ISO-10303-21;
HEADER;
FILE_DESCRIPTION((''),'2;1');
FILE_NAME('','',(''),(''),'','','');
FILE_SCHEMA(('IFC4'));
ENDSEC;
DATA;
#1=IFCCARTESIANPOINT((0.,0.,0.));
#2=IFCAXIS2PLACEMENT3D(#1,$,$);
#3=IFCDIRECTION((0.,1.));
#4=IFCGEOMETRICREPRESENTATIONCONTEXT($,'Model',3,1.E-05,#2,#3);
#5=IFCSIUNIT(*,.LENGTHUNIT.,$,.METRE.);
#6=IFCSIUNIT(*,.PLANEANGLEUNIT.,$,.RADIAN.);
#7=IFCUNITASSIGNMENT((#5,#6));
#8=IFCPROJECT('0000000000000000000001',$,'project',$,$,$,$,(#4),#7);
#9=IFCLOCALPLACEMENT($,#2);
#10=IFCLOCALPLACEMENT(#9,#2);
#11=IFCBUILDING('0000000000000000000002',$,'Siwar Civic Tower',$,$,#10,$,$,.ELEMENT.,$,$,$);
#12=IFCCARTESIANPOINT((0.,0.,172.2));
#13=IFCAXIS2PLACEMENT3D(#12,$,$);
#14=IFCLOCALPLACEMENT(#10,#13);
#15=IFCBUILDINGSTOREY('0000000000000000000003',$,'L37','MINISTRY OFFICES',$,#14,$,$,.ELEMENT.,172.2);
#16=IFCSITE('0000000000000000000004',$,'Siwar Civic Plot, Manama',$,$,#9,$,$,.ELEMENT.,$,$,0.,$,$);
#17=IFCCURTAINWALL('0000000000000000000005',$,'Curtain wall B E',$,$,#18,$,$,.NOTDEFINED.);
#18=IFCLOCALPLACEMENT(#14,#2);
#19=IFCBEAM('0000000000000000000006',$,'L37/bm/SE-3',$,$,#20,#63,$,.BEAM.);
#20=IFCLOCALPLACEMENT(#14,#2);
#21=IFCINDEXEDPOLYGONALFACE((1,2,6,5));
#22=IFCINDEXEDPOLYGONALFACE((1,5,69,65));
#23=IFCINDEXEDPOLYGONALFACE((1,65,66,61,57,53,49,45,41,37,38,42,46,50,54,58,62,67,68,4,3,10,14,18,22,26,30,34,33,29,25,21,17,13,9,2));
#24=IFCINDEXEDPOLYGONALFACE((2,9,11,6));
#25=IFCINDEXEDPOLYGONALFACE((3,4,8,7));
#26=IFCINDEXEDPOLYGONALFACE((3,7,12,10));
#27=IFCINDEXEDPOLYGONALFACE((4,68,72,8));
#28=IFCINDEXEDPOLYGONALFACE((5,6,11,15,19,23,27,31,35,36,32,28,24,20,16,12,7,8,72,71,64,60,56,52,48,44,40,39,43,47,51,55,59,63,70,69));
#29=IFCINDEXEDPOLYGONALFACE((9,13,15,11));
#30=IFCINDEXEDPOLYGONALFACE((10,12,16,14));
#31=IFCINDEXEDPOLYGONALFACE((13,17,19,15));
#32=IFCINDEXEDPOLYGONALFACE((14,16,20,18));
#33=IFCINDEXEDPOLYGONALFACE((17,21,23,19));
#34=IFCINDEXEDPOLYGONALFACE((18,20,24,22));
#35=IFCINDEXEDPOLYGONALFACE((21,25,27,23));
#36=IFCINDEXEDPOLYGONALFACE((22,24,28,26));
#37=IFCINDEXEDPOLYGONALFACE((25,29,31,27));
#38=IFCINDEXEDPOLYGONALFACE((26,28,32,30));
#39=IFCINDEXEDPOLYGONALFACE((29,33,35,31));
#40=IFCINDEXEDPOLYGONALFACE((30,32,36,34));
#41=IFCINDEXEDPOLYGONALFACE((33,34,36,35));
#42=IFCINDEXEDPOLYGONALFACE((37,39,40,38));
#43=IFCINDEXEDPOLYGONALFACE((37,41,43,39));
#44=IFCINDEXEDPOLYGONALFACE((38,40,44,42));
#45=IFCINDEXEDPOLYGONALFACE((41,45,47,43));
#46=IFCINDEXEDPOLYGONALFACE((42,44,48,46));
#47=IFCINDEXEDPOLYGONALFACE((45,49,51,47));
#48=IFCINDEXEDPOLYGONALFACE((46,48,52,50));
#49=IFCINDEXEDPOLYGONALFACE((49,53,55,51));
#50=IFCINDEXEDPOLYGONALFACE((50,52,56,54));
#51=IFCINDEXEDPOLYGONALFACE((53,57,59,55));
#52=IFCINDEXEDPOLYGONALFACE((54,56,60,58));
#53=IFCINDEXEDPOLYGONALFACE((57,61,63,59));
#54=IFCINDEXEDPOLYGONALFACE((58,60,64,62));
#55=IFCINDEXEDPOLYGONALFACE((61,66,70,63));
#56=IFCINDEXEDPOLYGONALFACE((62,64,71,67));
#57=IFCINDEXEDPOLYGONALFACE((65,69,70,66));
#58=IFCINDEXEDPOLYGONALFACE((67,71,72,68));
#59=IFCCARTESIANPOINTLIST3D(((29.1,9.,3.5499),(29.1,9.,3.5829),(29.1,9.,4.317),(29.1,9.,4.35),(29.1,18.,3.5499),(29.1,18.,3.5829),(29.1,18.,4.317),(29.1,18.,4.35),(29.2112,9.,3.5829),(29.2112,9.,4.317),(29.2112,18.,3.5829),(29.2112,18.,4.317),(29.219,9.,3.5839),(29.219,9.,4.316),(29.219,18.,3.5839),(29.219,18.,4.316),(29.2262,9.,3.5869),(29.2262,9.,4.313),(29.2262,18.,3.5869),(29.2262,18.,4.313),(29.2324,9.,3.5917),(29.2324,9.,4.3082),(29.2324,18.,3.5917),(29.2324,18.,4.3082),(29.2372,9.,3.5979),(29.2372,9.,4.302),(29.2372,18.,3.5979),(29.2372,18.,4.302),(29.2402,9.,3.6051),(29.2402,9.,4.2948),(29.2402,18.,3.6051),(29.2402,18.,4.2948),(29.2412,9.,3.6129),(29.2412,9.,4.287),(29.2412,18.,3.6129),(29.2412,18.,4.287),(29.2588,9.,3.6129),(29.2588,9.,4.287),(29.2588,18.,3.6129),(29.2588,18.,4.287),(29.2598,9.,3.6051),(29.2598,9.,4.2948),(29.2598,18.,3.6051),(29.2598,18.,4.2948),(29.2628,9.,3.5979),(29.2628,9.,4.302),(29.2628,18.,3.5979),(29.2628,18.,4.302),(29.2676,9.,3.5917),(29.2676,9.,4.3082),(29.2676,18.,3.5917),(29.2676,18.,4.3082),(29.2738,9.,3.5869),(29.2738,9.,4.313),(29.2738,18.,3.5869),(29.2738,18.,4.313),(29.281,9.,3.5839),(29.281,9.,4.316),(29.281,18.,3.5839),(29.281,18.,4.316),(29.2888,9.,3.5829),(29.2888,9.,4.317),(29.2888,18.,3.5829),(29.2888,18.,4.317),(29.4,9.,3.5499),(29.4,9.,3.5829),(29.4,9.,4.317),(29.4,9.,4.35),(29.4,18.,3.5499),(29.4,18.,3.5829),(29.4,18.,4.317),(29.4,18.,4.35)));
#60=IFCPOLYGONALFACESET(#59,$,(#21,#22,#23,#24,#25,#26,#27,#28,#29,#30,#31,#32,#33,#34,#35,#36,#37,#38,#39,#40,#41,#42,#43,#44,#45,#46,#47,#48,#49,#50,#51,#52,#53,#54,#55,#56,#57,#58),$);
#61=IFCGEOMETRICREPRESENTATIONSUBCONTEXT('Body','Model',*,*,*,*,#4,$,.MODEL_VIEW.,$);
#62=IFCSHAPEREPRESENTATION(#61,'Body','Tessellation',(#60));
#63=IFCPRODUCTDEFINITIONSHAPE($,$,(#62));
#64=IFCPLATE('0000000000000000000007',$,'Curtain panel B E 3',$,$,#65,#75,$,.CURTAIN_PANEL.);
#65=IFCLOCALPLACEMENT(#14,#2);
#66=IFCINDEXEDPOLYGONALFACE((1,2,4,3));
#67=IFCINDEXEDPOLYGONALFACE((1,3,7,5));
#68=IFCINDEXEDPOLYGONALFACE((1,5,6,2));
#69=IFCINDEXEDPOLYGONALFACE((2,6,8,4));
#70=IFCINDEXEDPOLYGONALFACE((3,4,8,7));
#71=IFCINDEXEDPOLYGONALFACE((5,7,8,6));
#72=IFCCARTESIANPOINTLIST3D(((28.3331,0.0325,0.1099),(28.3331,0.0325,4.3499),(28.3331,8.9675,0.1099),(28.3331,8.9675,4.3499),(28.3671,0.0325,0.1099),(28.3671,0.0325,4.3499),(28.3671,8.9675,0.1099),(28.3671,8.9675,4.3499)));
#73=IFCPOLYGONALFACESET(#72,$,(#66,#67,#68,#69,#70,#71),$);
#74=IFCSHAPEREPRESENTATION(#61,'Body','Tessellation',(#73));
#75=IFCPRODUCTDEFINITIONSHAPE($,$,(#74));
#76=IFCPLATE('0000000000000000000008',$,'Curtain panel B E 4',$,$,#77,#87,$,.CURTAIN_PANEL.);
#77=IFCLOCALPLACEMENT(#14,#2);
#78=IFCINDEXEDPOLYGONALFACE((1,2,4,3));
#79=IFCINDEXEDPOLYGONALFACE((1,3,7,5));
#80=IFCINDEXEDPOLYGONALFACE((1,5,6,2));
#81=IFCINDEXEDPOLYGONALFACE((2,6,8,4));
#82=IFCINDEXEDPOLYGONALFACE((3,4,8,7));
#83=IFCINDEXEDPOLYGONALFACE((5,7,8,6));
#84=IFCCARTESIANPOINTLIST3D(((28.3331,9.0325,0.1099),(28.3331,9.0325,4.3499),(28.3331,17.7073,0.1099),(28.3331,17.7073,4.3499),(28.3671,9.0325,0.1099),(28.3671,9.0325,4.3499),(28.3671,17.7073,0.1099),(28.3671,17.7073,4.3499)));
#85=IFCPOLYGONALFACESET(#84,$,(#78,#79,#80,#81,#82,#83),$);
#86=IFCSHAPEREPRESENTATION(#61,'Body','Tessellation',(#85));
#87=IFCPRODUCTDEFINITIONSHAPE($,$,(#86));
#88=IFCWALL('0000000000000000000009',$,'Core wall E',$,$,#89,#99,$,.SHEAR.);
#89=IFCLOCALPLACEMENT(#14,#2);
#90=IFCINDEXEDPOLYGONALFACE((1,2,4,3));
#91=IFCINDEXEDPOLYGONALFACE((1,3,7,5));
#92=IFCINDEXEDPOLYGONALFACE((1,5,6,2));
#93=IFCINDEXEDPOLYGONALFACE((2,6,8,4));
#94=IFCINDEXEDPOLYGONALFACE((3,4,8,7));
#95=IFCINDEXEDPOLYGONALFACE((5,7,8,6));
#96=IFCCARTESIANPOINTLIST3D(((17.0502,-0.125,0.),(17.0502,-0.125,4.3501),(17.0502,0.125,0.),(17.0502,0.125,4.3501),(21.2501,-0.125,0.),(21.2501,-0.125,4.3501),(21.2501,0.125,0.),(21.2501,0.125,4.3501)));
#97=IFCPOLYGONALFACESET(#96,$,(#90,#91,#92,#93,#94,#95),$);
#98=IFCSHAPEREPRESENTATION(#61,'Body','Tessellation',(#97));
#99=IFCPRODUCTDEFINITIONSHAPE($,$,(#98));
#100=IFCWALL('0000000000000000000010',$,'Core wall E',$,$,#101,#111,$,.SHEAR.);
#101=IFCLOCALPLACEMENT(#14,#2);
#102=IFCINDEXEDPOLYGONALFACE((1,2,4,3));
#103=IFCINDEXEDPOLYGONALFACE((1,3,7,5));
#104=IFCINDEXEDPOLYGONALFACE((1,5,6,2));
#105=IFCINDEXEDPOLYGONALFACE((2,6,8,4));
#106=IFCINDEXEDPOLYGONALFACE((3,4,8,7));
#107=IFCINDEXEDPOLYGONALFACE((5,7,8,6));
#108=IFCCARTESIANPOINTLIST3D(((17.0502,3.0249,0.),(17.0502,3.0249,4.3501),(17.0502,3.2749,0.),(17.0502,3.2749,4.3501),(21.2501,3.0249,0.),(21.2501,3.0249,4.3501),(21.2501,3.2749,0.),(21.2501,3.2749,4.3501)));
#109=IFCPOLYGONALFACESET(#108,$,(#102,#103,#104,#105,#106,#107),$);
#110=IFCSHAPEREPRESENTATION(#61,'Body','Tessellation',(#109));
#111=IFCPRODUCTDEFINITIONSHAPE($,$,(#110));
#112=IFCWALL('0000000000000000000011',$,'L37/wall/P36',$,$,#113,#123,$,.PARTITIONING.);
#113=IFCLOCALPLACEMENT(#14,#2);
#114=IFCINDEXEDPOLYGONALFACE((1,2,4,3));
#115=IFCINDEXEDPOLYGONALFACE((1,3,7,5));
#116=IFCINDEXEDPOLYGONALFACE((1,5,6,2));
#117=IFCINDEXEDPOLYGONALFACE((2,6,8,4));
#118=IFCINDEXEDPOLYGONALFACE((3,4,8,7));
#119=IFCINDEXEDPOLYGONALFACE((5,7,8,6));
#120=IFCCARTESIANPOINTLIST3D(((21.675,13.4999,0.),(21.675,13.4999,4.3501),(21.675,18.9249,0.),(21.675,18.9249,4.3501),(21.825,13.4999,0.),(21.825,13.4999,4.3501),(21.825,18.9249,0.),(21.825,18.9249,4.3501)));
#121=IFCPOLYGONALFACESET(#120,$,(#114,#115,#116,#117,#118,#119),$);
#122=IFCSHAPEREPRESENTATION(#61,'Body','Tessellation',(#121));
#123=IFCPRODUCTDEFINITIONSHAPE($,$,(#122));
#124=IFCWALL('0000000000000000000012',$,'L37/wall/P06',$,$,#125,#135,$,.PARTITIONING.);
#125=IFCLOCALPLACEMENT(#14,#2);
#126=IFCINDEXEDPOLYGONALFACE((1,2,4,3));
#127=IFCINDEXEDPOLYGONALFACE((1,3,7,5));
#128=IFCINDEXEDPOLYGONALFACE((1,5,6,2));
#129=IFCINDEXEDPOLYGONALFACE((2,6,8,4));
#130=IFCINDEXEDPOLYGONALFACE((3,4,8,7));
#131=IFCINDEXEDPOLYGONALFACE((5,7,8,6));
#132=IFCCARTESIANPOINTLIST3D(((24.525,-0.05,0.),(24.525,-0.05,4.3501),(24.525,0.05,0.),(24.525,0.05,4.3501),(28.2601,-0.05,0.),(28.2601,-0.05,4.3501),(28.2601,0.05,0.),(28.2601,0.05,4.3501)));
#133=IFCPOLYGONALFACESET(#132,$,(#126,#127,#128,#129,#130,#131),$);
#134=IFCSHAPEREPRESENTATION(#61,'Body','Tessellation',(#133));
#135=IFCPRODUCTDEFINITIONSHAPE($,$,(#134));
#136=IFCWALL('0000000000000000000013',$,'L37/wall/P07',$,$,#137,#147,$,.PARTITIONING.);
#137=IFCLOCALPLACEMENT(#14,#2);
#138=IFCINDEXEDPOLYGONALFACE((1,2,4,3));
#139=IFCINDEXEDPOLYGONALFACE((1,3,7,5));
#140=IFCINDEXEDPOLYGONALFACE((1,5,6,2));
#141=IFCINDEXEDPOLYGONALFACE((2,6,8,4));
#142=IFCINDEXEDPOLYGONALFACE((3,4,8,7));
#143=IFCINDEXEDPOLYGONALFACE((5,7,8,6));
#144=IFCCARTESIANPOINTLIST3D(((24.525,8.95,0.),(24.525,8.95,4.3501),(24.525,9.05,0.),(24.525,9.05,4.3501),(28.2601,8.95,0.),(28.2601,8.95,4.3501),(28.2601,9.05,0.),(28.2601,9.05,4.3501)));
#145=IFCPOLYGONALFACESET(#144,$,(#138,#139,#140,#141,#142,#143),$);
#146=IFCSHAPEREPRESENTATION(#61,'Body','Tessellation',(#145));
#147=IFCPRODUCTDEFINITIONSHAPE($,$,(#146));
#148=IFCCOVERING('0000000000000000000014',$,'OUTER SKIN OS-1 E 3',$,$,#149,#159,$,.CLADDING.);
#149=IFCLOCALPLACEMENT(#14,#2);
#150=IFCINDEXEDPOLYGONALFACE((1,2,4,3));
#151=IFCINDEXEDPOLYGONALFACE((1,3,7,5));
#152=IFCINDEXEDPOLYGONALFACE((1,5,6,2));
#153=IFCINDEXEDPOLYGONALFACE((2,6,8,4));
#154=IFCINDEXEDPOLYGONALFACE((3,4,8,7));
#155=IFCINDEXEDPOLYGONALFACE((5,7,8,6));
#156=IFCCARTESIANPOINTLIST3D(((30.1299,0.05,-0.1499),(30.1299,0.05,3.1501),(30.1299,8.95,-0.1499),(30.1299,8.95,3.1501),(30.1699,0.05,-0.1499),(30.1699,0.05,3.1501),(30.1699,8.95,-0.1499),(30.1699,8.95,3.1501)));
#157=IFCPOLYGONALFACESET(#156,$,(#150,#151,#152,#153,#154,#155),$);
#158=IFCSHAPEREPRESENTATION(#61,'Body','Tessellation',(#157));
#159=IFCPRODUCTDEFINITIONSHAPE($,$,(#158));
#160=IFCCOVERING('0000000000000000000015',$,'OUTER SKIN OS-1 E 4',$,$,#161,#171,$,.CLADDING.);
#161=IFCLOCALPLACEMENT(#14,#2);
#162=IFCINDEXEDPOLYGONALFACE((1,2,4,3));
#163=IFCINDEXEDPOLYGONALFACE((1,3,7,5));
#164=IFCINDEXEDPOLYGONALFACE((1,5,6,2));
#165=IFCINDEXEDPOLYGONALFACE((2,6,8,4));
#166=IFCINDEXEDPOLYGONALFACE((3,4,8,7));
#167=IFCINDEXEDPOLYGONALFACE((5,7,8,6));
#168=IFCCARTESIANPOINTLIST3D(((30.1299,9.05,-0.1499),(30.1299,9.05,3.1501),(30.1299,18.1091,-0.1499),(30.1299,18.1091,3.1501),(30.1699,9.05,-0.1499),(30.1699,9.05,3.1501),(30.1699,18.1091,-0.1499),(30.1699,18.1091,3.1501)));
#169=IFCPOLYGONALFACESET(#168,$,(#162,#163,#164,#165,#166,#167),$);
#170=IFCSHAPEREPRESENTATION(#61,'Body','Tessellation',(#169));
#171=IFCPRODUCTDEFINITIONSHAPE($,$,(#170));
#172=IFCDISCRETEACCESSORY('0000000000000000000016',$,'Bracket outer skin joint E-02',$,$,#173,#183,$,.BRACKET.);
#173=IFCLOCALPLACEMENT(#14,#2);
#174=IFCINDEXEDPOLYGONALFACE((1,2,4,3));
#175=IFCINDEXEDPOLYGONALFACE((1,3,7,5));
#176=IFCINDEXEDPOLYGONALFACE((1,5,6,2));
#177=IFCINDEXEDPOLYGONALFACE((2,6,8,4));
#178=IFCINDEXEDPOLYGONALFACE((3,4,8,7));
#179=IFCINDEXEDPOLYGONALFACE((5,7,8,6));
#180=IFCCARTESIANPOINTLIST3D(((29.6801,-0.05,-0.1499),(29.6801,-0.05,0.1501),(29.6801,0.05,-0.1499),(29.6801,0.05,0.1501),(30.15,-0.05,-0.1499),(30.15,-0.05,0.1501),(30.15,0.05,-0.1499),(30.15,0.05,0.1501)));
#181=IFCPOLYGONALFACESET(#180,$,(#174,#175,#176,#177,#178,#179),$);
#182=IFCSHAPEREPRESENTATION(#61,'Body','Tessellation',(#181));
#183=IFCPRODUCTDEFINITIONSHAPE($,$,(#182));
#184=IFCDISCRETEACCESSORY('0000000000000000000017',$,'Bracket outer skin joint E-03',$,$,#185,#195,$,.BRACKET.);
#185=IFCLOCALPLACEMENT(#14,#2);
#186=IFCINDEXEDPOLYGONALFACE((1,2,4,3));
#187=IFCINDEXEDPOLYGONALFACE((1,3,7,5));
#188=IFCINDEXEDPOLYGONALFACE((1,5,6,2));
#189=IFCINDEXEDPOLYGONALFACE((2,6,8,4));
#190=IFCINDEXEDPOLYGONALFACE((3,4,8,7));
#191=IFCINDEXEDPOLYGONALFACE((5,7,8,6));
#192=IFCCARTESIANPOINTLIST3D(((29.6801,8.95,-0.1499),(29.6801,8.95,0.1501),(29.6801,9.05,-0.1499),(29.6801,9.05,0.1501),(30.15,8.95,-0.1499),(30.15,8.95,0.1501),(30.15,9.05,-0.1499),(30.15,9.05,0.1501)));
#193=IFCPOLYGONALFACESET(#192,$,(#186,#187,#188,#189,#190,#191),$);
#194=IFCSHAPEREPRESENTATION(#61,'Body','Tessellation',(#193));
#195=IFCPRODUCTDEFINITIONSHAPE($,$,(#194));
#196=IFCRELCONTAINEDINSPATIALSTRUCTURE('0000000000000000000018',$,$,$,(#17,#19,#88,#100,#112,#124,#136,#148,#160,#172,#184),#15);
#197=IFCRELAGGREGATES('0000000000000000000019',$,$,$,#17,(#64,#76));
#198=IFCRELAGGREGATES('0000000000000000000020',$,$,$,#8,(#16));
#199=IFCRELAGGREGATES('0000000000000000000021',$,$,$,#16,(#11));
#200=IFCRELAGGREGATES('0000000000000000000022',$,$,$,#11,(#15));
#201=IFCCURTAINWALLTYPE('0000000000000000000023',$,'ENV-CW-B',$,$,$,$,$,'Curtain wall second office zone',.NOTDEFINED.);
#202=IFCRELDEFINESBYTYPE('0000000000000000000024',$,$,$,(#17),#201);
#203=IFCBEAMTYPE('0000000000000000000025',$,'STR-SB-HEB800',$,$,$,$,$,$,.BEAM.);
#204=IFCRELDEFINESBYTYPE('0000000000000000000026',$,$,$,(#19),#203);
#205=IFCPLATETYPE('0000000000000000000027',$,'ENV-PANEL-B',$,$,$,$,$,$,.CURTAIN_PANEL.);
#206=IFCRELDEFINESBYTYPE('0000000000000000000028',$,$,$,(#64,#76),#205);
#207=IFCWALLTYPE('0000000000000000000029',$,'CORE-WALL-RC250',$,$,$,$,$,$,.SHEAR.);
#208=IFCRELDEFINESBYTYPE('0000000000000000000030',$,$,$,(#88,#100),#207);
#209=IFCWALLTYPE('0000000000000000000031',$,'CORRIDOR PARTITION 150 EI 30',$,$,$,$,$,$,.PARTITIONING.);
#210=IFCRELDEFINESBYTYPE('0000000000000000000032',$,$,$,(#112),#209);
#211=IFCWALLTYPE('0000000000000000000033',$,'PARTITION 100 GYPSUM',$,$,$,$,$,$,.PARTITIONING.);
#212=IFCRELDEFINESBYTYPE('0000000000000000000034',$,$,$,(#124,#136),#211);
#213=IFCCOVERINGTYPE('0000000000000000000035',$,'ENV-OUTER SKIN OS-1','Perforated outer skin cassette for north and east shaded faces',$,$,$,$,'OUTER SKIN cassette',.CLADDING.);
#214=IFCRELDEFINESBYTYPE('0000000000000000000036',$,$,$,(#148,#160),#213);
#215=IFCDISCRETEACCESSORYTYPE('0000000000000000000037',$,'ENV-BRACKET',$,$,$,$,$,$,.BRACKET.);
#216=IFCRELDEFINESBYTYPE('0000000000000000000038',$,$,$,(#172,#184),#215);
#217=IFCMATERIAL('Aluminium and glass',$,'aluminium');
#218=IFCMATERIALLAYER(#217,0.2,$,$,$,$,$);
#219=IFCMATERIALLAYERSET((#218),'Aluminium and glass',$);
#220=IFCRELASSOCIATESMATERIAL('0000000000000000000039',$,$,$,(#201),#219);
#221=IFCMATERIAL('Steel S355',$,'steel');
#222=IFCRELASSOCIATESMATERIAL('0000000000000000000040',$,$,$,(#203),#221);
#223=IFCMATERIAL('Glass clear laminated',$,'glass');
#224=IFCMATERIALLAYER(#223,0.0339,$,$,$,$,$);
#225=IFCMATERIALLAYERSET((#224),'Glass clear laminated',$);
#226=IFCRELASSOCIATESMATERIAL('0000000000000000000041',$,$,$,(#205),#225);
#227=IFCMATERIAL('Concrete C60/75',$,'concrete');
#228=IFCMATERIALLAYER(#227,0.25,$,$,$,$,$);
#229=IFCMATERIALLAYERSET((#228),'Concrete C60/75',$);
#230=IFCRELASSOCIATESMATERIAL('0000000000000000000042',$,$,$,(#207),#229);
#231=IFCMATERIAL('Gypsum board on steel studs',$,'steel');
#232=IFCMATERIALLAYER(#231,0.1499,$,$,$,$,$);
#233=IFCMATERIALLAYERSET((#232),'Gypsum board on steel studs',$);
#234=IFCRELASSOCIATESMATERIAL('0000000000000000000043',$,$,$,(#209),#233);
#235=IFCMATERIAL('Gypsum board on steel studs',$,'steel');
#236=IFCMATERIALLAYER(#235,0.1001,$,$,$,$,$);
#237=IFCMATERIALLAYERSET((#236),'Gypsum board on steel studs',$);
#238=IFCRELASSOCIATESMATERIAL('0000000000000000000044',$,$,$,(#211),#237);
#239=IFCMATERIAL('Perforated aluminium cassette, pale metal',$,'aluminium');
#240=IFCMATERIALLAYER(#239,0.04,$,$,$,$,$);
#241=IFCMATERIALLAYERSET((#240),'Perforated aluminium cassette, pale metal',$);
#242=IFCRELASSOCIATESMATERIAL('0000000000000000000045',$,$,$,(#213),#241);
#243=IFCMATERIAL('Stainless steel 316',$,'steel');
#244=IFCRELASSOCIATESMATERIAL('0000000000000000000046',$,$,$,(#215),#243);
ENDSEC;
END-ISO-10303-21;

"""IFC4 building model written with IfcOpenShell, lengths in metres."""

from ifc_helpers import new_model, si_unit, direction, frame, frame_2d, origin, origin_2d, place, context, subcontext, project, spatial, rectangle, i_section, extrude, material, layer, layer_set, material_profile, profile_set, type_object, element, aggregate, save


model = new_model("IFC4")

# Units and contexts
model_context = context("Model", 3, precision=1e-05, world=origin(), true_north=direction((0.0, 1.0)))
body_context = subcontext(model_context, "Body", "Model", "MODEL_VIEW")
ifc_project = project(units=[si_unit("LENGTHUNIT", "METRE"), si_unit("PLANEANGLEUNIT", "RADIAN")], contexts=[model_context])

# Site, building, storey
site_placement = place(None, origin())
site = spatial("IfcSite", under=ifc_project, at=site_placement, Name="Siwar Civic Plot, Manama", CompositionType="ELEMENT", RefElevation=0.0)
building_placement = place(site_placement, origin())
building = spatial("IfcBuilding", under=site, at=building_placement, Name="Siwar Civic Tower", CompositionType="ELEMENT")
storey_placement = place(building_placement, frame((0.0, 0.0, 172.2)))
storey = spatial("IfcBuildingStorey", under=building, at=storey_placement, Name="L37", Description="MINISTRY OFFICES", CompositionType="ELEMENT", Elevation=172.2)

# Curtain wall
ifc_material_1 = material(Name="Aluminium and glass", Category="aluminium")
ifc_layer_1 = layer(ifc_material_1, 0.2)
ifc_layer_set_1 = layer_set([ifc_layer_1], Name="Aluminium and glass")
curtain_wall_type_1 = type_object("IfcCurtainWallType", Name="ENV-CW-B", ElementType="Curtain wall second office zone", PredefinedType="NOTDEFINED", material=ifc_layer_set_1)
curtain_wall_1_placement = place(storey_placement, origin())
curtain_wall_1 = element("IfcCurtainWall", 1, at=curtain_wall_1_placement, inside=storey, type_object=curtain_wall_type_1, Name="Curtain wall B E", PredefinedType="NOTDEFINED")

# Beam
ifc_material_2 = material(Name="Steel S355", Category="steel")
ifc_material_profile_1 = material_profile(ifc_material_2, i_section(OverallWidth=0.3, OverallDepth=0.8, WebThickness=0.0176, FlangeThickness=0.033, FilletRadius=0.03, at=origin_2d()), Name="HEB800")
ifc_profile_set_1 = profile_set([ifc_material_profile_1], Name="Steel S355")
beam_type_1 = type_object("IfcBeamType", Name="STR-SB-HEB800", PredefinedType="BEAM", material=ifc_profile_set_1)
for number, where, z_axis, x_axis, name in (
    (2, (29.25, 9.0, 3.95), (0.0, 1.0, 0.0), (-1.0, 0.0, 0.0), "L37/bm/SE-3"),
):
    element("IfcBeam", number, at=place(storey_placement, frame(where, z_axis=z_axis, x_axis=x_axis)), inside=storey, type_object=beam_type_1, Name=name, PredefinedType="BEAM", context=body_context, shape_type="SweptSolid", body=[
        extrude(i_section(OverallWidth=0.3, OverallDepth=0.8, WebThickness=0.0176, FlangeThickness=0.033, FilletRadius=0.03, at=origin_2d()), origin(), (0.0, 0.0, 1.0), 9.0),
    ])

# Plates
ifc_material_3 = material(Name="Glass clear laminated", Category="glass")
ifc_layer_2 = layer(ifc_material_3, 0.0339)
ifc_layer_set_2 = layer_set([ifc_layer_2], Name="Glass clear laminated")
plate_type = type_object("IfcPlateType", Name="ENV-PANEL-B", PredefinedType="CURTAIN_PANEL", material=ifc_layer_set_2)
plate_1_placement = place(storey_placement, frame((28.3501, 4.5, 0.1099), z_axis=(0.0, 0.0, 1.0), x_axis=(0.0, 1.0, 0.0)))
plate_1 = element("IfcPlate", 3, at=plate_1_placement, type_object=plate_type, Name="Curtain panel B E 3", PredefinedType="CURTAIN_PANEL", context=body_context, shape_type="SweptSolid", body=[
    extrude(rectangle(XDim=8.9351, YDim=0.0339, at=origin_2d()), origin(), (0.0, 0.0, 1.0), 4.24),
])
plate_2_placement = place(storey_placement, frame((28.3501, 13.3699, 0.1099), z_axis=(0.0, 0.0, 1.0), x_axis=(0.0, 1.0, 0.0)))
plate_2 = element("IfcPlate", 4, at=plate_2_placement, type_object=plate_type, Name="Curtain panel B E 4", PredefinedType="CURTAIN_PANEL", context=body_context, shape_type="SweptSolid", body=[
    extrude(rectangle(XDim=8.6748, YDim=0.0339, at=origin_2d()), origin(), (0.0, 0.0, 1.0), 4.24),
])
aggregate(curtain_wall_1, [plate_1, plate_2])

# Walls
ifc_material_4 = material(Name="Concrete C60/75", Category="concrete")
ifc_layer_3 = layer(ifc_material_4, 0.25)
ifc_layer_set_3 = layer_set([ifc_layer_3], Name="Concrete C60/75")
wall_type_1 = type_object("IfcWallType", Name="CORE-WALL-RC250", PredefinedType="SHEAR", material=ifc_layer_set_3)
for number, where, z_axis, x_axis, name in (
    (5, (17.05, 0.0, 0.0), (0.0, 0.0, 1.0), (1.0, 0.0, 0.0), "Core wall E"),
    (6, (17.05, 3.1499, 0.0), (0.0, 0.0, 1.0), (1.0, 0.0, 0.0), "Core wall E"),
):
    element("IfcWall", number, at=place(storey_placement, frame(where, z_axis=z_axis, x_axis=x_axis)), inside=storey, type_object=wall_type_1, Name=name, PredefinedType="SHEAR", context=body_context, shape_type="SweptSolid", body=[
        extrude(rectangle(XDim=4.2, YDim=0.25, at=frame_2d((2.1001, 0.0))), origin(), (0.0, 0.0, 1.0), 4.3501),
    ])
ifc_material_5 = material(Name="Gypsum board on steel studs", Category="steel")
ifc_layer_4 = layer(ifc_material_5, 0.1499)
ifc_layer_set_4 = layer_set([ifc_layer_4], Name="Gypsum board on steel studs")
wall_type_2 = type_object("IfcWallType", Name="CORRIDOR PARTITION 150 EI 30", PredefinedType="PARTITIONING", material=ifc_layer_set_4)
wall_placement = place(storey_placement, frame((21.75, 13.5, 0.0), z_axis=(0.0, 0.0, 1.0), x_axis=(0.0, 1.0, 0.0)))
element("IfcWall", 7, at=wall_placement, inside=storey, type_object=wall_type_2, Name="L37/wall/P36", PredefinedType="PARTITIONING", context=body_context, shape_type="SweptSolid", body=[
    extrude(rectangle(XDim=5.425, YDim=0.1499, at=frame_2d((2.7124, 0.0))), origin(), (0.0, 0.0, 1.0), 4.3501),
])
ifc_material_6 = material(Name="Gypsum board on steel studs", Category="steel")
ifc_layer_5 = layer(ifc_material_6, 0.1001)
ifc_layer_set_5 = layer_set([ifc_layer_5], Name="Gypsum board on steel studs")
wall_type_3 = type_object("IfcWallType", Name="PARTITION 100 GYPSUM", PredefinedType="PARTITIONING", material=ifc_layer_set_5)
for number, where, z_axis, x_axis, name in (
    (8, (24.5249, 0.0, 0.0), (0.0, 0.0, 1.0), (1.0, 0.0, 0.0), "L37/wall/P06"),
    (9, (24.5249, 9.0, 0.0), (0.0, 0.0, 1.0), (1.0, 0.0, 0.0), "L37/wall/P07"),
):
    element("IfcWall", number, at=place(storey_placement, frame(where, z_axis=z_axis, x_axis=x_axis)), inside=storey, type_object=wall_type_3, Name=name, PredefinedType="PARTITIONING", context=body_context, shape_type="SweptSolid", body=[
        extrude(rectangle(XDim=3.7351, YDim=0.1001, at=frame_2d((1.8677, 0.0))), origin(), (0.0, 0.0, 1.0), 4.3501),
    ])

# Coverings
ifc_material_7 = material(Name="Perforated aluminium cassette, pale metal", Category="aluminium")
ifc_layer_6 = layer(ifc_material_7, 0.04)
ifc_layer_set_6 = layer_set([ifc_layer_6], Name="Perforated aluminium cassette, pale metal")
covering_type = type_object("IfcCoveringType", Name="ENV-OUTER SKIN OS-1", Description="Perforated outer skin cassette for north and east shaded faces", ElementType="OUTER SKIN cassette", PredefinedType="CLADDING", material=ifc_layer_set_6)
covering_1_placement = place(storey_placement, frame((30.1499, 4.5, -0.1499), z_axis=(0.0, 0.0, 1.0), x_axis=(0.0, 1.0, 0.0)))
element("IfcCovering", 10, at=covering_1_placement, inside=storey, type_object=covering_type, Name="OUTER SKIN OS-1 E 3", PredefinedType="CLADDING", context=body_context, shape_type="SweptSolid", body=[
    extrude(rectangle(XDim=8.8999, YDim=0.04, at=origin_2d()), origin(), (0.0, 0.0, 1.0), 3.3),
])
covering_2_placement = place(storey_placement, frame((30.1499, 13.5796, -0.1499), z_axis=(0.0, 0.0, 1.0), x_axis=(0.0, 1.0, 0.0)))
element("IfcCovering", 11, at=covering_2_placement, inside=storey, type_object=covering_type, Name="OUTER SKIN OS-1 E 4", PredefinedType="CLADDING", context=body_context, shape_type="SweptSolid", body=[
    extrude(rectangle(XDim=9.0591, YDim=0.04, at=origin_2d()), origin(), (0.0, 0.0, 1.0), 3.3),
])

# Discrete accessories
ifc_material_8 = material(Name="Stainless steel 316", Category="steel")
discrete_accessory_type = type_object("IfcDiscreteAccessoryType", Name="ENV-BRACKET", PredefinedType="BRACKET", material=ifc_material_8)
for number, where, z_axis, x_axis, name in (
    (12, (29.915, 0.0, -0.1499), (0.0, 0.0, 1.0), (1.0, 0.0, 0.0), "Bracket outer skin joint E-02"),
    (13, (29.915, 9.0, -0.1499), (0.0, 0.0, 1.0), (1.0, 0.0, 0.0), "Bracket outer skin joint E-03"),
):
    element("IfcDiscreteAccessory", number, at=place(storey_placement, frame(where, z_axis=z_axis, x_axis=x_axis)), inside=storey, type_object=discrete_accessory_type, Name=name, PredefinedType="BRACKET", context=body_context, shape_type="SweptSolid", body=[
        extrude(rectangle(XDim=0.47, YDim=0.1001, at=origin_2d()), origin(), (0.0, 0.0, 1.0), 0.3),
    ])

save(model, "model.ifc")
